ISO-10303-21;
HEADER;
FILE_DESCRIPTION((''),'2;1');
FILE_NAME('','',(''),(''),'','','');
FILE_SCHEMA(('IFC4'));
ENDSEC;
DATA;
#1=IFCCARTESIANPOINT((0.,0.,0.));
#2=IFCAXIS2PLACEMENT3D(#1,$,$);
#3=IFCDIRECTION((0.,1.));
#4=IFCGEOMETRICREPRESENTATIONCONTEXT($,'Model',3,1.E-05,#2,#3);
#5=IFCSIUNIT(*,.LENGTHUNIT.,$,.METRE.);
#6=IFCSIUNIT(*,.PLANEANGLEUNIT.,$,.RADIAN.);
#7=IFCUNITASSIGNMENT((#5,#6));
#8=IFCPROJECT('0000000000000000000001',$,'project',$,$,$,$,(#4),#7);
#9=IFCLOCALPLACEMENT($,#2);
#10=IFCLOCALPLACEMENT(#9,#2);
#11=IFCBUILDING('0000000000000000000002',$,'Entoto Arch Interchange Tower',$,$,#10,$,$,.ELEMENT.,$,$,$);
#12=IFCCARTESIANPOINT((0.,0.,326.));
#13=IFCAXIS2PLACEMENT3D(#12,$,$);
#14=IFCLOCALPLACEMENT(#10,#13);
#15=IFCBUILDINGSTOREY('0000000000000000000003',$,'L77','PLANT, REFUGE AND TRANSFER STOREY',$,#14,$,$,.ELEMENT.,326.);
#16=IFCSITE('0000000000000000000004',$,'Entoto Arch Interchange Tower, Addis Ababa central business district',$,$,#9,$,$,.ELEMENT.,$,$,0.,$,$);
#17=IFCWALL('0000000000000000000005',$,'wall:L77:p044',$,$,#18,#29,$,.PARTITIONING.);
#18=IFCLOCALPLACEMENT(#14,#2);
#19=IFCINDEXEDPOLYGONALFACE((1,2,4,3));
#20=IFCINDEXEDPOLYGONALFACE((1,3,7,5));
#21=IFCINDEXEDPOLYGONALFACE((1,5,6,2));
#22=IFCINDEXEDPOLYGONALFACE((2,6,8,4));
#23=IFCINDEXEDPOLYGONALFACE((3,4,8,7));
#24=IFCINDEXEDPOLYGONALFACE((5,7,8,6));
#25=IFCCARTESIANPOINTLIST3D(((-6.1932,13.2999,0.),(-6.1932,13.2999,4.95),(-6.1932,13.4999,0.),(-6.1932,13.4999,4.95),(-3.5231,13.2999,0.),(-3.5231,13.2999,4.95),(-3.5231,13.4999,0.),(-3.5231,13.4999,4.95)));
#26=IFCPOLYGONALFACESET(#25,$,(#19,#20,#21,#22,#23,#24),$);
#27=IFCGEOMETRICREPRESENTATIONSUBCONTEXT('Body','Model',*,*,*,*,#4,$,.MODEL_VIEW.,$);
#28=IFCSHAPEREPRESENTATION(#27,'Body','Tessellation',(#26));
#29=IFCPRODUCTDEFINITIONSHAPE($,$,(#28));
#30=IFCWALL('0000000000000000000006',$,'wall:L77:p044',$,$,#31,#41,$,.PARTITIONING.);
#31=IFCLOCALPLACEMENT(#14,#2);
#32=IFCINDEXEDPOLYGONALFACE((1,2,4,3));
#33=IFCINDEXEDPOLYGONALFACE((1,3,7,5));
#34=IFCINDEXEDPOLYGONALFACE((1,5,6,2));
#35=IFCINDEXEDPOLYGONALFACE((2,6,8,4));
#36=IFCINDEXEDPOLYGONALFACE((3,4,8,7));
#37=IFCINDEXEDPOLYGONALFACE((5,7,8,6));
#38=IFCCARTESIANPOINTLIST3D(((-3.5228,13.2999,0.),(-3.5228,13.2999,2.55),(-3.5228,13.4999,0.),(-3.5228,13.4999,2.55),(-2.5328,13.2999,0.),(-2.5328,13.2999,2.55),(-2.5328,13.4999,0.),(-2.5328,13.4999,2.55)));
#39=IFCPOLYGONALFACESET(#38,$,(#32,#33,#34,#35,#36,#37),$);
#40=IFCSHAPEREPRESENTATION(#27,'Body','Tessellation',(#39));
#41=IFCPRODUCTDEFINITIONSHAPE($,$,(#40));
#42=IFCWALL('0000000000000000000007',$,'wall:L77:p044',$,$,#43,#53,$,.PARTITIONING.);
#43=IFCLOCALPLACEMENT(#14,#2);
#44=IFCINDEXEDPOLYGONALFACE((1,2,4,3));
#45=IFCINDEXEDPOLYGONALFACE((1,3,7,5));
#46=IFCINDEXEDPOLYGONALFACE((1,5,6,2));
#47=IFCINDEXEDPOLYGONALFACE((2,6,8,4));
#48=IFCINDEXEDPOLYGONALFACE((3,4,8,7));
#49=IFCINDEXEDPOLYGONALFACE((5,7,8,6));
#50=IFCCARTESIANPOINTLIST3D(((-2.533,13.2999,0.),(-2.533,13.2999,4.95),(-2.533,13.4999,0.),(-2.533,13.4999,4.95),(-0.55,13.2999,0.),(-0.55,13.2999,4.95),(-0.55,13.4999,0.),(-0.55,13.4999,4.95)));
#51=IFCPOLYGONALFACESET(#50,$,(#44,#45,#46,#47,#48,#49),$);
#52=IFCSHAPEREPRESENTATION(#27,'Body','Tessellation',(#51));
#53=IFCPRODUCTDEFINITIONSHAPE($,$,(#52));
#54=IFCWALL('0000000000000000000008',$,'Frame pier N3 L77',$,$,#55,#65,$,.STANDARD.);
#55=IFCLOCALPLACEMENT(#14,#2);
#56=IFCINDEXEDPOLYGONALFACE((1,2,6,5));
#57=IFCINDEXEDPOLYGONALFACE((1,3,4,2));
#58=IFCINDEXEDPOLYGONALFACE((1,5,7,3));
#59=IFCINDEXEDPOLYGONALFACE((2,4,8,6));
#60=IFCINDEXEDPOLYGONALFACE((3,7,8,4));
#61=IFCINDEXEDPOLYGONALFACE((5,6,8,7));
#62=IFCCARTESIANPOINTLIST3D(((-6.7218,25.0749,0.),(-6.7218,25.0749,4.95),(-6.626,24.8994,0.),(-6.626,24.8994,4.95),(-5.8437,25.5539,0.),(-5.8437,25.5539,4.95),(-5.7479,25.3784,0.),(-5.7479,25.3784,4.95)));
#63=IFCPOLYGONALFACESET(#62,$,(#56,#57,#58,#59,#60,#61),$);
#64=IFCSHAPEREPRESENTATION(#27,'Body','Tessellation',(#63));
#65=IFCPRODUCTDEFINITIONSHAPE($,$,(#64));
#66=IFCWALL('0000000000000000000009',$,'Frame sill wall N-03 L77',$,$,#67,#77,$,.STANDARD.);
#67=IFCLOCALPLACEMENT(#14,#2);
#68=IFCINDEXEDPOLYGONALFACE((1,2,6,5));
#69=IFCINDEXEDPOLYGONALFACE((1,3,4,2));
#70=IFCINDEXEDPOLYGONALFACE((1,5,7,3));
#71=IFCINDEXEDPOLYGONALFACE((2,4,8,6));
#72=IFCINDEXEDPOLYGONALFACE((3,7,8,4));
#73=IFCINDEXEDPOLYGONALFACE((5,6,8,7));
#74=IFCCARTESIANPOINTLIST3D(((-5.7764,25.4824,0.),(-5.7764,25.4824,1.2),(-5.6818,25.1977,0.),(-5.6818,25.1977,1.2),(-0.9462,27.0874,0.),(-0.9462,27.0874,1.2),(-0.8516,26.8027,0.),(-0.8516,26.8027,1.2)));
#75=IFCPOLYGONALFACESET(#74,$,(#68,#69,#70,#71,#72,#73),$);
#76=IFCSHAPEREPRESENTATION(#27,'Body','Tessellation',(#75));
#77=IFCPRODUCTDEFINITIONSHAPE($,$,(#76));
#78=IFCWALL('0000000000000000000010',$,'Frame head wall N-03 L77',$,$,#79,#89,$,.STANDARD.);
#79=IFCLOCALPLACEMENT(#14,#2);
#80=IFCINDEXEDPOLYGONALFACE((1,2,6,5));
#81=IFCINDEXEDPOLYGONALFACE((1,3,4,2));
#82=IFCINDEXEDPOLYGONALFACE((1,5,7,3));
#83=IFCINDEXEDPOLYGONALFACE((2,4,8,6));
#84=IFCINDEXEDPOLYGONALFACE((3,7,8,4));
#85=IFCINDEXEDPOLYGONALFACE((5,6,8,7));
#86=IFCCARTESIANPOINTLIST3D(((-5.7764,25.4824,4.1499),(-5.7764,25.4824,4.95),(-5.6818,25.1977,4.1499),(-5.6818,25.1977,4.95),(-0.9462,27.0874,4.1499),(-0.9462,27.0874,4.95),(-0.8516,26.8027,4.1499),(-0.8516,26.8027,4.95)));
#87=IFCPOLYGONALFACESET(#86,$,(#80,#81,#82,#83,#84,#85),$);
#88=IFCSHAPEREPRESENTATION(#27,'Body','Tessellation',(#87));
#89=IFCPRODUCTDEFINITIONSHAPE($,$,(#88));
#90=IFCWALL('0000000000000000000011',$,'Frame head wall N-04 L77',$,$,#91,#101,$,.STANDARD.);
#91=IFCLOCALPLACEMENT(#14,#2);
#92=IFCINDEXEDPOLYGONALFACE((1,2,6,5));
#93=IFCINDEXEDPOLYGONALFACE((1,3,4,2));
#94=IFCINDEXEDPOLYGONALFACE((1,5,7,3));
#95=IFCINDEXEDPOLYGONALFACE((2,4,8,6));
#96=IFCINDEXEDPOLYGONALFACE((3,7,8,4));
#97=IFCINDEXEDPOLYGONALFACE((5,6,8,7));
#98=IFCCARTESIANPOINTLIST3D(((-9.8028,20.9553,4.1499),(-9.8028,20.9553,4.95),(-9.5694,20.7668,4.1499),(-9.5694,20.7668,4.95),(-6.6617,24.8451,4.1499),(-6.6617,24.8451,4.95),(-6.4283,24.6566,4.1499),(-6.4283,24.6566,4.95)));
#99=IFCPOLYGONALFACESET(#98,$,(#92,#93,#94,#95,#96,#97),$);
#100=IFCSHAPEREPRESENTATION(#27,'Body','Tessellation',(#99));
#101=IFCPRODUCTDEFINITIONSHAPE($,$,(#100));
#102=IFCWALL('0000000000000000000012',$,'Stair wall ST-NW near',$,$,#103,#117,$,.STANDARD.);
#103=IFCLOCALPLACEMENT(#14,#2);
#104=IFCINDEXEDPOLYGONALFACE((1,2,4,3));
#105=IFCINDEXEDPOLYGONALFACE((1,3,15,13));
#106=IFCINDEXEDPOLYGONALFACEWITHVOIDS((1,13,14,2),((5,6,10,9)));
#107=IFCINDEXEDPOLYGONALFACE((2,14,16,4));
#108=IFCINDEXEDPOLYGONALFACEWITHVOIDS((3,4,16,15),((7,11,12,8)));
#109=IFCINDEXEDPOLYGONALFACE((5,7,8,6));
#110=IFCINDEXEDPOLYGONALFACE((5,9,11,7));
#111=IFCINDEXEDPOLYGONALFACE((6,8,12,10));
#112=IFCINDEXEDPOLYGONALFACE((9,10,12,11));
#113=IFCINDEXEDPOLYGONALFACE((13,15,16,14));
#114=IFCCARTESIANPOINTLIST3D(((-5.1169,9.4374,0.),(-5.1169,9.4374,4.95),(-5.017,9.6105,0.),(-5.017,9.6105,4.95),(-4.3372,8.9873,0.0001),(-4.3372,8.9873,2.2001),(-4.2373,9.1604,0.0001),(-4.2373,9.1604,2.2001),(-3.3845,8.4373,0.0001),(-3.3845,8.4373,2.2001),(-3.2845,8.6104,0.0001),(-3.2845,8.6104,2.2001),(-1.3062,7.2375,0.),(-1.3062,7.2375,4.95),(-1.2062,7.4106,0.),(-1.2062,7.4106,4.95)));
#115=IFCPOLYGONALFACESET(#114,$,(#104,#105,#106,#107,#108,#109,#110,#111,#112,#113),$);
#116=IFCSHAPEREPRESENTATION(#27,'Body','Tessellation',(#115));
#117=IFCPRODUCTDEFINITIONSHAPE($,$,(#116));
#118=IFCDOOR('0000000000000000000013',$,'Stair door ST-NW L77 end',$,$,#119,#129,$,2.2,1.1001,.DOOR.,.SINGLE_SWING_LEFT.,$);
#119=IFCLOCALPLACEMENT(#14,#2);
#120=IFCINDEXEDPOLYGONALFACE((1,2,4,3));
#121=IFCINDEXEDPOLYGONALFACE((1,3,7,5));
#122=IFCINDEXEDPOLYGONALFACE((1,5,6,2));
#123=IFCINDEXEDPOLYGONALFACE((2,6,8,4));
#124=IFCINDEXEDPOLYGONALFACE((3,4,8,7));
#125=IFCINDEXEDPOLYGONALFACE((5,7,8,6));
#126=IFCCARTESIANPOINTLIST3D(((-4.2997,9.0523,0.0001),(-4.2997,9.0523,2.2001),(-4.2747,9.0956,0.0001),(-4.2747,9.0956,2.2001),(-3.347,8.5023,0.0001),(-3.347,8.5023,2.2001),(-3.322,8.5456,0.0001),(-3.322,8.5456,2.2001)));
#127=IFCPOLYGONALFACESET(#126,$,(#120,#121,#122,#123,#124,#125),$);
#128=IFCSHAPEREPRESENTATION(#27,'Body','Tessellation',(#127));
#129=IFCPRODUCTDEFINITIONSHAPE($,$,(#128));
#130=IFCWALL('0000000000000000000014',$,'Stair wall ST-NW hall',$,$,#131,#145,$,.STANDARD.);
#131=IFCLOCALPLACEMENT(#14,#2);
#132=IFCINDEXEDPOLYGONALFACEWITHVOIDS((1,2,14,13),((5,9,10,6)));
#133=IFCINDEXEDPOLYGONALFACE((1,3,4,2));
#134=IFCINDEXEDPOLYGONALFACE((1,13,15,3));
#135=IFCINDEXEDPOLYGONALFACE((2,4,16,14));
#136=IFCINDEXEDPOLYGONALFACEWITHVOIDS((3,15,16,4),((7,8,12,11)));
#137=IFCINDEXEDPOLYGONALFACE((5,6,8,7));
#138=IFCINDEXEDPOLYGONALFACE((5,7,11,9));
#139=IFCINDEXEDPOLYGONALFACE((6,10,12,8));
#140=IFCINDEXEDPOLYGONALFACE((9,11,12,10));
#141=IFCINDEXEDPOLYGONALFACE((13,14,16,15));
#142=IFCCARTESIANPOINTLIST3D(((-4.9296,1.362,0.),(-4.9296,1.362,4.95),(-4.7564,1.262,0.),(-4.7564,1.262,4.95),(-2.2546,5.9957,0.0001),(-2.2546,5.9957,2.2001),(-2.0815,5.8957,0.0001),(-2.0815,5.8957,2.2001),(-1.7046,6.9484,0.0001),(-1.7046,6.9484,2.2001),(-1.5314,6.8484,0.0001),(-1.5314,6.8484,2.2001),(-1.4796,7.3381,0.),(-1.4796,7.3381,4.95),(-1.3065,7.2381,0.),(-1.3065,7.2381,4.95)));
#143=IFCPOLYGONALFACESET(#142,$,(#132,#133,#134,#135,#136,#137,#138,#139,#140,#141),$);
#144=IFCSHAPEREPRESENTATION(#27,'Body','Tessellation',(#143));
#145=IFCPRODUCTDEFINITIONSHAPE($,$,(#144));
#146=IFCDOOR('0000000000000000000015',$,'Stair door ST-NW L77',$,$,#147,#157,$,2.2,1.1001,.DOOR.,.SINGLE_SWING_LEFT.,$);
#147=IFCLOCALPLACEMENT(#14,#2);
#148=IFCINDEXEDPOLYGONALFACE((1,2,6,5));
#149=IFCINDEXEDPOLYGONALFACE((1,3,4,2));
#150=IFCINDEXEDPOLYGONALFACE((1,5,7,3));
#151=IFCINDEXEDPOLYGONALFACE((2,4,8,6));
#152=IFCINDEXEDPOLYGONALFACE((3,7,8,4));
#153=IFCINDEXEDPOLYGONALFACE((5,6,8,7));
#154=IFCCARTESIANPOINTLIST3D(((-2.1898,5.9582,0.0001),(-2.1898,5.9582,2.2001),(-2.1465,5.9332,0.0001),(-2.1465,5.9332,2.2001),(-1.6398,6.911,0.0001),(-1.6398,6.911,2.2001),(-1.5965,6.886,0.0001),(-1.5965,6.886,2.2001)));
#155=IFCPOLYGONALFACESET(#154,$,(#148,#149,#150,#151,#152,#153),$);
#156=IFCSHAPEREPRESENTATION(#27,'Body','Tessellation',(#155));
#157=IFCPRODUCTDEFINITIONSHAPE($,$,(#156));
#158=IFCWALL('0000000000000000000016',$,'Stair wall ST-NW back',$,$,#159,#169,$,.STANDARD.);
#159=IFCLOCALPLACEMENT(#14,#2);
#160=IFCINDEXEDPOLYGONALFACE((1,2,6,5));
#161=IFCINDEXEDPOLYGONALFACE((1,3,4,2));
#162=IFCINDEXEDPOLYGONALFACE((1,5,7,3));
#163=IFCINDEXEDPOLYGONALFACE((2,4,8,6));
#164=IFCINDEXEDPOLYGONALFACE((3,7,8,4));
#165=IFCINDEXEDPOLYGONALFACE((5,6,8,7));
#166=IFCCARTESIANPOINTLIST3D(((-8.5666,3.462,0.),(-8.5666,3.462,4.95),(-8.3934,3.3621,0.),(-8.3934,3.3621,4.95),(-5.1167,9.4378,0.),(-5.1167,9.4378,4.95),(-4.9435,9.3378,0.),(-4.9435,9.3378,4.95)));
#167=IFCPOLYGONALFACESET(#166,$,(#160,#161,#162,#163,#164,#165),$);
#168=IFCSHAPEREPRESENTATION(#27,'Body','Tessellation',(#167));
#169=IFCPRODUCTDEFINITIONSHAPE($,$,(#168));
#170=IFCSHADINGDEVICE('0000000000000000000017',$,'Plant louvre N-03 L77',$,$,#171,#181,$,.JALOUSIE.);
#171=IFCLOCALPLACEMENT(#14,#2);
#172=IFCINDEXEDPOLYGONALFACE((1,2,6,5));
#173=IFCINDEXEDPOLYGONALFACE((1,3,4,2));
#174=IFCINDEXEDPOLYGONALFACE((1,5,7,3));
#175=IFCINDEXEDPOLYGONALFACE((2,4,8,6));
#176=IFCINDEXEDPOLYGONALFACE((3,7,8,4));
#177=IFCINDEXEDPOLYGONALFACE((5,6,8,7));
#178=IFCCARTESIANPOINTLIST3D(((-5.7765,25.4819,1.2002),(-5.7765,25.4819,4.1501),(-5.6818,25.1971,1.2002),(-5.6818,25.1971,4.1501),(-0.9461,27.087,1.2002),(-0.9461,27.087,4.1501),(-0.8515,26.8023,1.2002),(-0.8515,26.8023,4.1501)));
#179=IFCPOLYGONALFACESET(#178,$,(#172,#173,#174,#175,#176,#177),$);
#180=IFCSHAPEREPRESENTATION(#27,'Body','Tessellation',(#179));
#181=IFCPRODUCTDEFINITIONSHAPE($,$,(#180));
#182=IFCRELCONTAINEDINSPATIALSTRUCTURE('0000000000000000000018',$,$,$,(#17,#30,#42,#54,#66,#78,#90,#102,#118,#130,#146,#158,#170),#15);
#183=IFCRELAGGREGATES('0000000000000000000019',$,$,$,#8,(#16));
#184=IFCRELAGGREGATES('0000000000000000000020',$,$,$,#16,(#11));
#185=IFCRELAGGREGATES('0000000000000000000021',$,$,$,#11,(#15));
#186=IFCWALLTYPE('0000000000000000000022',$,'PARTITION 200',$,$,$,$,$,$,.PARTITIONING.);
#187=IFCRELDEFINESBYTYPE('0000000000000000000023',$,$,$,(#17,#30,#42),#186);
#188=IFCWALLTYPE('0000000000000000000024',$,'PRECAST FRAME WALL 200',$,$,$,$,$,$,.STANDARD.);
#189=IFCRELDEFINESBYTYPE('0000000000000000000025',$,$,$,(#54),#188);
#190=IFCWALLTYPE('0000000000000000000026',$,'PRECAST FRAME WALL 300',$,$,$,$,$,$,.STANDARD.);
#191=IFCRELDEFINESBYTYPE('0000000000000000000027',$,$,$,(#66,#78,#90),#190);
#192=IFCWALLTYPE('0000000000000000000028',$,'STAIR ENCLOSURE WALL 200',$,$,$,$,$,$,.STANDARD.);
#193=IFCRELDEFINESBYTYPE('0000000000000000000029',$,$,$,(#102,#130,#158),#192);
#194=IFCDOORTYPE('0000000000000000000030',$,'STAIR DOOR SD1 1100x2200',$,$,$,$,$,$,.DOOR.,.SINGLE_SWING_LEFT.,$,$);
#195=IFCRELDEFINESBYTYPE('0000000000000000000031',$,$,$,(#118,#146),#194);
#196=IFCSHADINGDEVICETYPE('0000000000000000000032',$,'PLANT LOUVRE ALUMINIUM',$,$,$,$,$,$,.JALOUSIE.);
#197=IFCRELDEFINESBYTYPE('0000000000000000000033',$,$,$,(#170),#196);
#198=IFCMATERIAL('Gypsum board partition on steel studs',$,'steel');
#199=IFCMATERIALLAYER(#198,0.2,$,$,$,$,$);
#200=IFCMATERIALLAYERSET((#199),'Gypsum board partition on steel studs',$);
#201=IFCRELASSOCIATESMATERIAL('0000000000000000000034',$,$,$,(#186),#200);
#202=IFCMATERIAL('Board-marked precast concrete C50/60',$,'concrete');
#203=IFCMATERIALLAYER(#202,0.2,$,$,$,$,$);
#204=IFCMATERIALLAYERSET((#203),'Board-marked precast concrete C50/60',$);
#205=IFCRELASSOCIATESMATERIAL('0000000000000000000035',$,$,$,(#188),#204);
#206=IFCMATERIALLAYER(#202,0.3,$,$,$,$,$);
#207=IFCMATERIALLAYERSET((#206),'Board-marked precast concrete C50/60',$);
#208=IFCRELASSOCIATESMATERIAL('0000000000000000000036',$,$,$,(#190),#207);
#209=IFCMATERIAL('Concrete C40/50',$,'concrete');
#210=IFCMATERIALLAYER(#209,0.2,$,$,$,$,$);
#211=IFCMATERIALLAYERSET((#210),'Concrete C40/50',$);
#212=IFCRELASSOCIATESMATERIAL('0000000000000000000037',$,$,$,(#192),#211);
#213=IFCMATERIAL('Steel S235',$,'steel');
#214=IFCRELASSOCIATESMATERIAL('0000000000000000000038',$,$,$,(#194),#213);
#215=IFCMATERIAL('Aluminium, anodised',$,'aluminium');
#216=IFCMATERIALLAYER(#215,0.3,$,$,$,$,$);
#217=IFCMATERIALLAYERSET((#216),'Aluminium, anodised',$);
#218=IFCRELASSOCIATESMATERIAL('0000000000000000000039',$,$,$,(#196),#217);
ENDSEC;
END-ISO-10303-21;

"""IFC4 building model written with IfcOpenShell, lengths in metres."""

from ifc_helpers import new_model, si_unit, direction, frame, frame_2d, origin, origin_2d, place, context, subcontext, project, spatial, rectangle, extrude, material, layer, layer_set, type_object, element, fill, save


model = new_model("IFC4")

# Units and contexts
model_context = context("Model", 3, precision=1e-05, world=origin(), true_north=direction((0.0, 1.0)))
body_context = subcontext(model_context, "Body", "Model", "MODEL_VIEW")
ifc_project = project(units=[si_unit("LENGTHUNIT", "METRE"), si_unit("PLANEANGLEUNIT", "RADIAN")], contexts=[model_context])

# Site, building, storey
site_placement = place(None, origin())
site = spatial("IfcSite", under=ifc_project, at=site_placement, Name="Entoto Arch Interchange Tower, Addis Ababa central business district", CompositionType="ELEMENT", RefElevation=0.0)
building_placement = place(site_placement, origin())
building = spatial("IfcBuilding", under=site, at=building_placement, Name="Entoto Arch Interchange Tower", CompositionType="ELEMENT")
storey_placement = place(building_placement, frame((0.0, 0.0, 326.0)))
storey = spatial("IfcBuildingStorey", under=building, at=storey_placement, Name="L77", Description="PLANT, REFUGE AND TRANSFER STOREY", CompositionType="ELEMENT", Elevation=326.0)

# Shared definitions
ifc_material_1 = material(Name="Concrete C40/50", Category="concrete")

# Shared definitions
ifc_material_2 = material(Name="Gypsum board partition on steel studs", Category="steel")
ifc_layer_1 = layer(ifc_material_2, 0.2)
ifc_layer_set_1 = layer_set([ifc_layer_1], Name="Gypsum board partition on steel studs")
wall_type_1 = type_object("IfcWallType", Name="PARTITION 200", PredefinedType="PARTITIONING", material=ifc_layer_set_1)

# Walls
wall_1_placement = place(storey_placement, frame((-6.1931, 13.3999, 0.0), z_axis=(0.0, 0.0, 1.0), x_axis=(1.0, 0.0, 0.0)))
element("IfcWall", 1, at=wall_1_placement, inside=storey, type_object=wall_type_1, Name="wall:L77:p044", PredefinedType="PARTITIONING", context=body_context, shape_type="SweptSolid", body=[
    extrude(rectangle(XDim=2.6702, YDim=0.2, at=frame_2d((1.335, 0.0))), origin(), (0.0, 0.0, 1.0), 4.95),
])
wall_2_placement = place(storey_placement, frame((-3.5229, 13.3999, 0.0), z_axis=(0.0, 0.0, 1.0), x_axis=(1.0, 0.0, 0.0)))
element("IfcWall", 2, at=wall_2_placement, inside=storey, type_object=wall_type_1, Name="wall:L77:p044", PredefinedType="PARTITIONING", context=body_context, shape_type="SweptSolid", body=[
    extrude(rectangle(XDim=0.99, YDim=0.2, at=frame_2d((0.4951, 0.0))), origin(), (0.0, 0.0, 1.0), 2.55),
])
wall_3_placement = place(storey_placement, frame((-2.533, 13.3999, 0.0), z_axis=(0.0, 0.0, 1.0), x_axis=(1.0, 0.0, 0.0)))
element("IfcWall", 3, at=wall_3_placement, inside=storey, type_object=wall_type_1, Name="wall:L77:p044", PredefinedType="PARTITIONING", context=body_context, shape_type="SweptSolid", body=[
    extrude(rectangle(XDim=1.9829, YDim=0.2, at=frame_2d((0.9915, 0.0))), origin(), (0.0, 0.0, 1.0), 4.95),
])
ifc_material_3 = material(Name="Board-marked precast concrete C50/60", Category="concrete")
ifc_layer_2 = layer(ifc_material_3, 0.2)
ifc_layer_set_2 = layer_set([ifc_layer_2], Name="Board-marked precast concrete C50/60")
wall_type_2 = type_object("IfcWallType", Name="PRECAST FRAME WALL 200", PredefinedType="STANDARD", material=ifc_layer_set_2)
wall_4_placement = place(storey_placement, frame((-5.7959, 25.4661, 0.0), z_axis=(0.0, 0.0, 1.0), x_axis=(-0.877896, -0.478852, 0.0)))
element("IfcWall", 4, at=wall_4_placement, inside=storey, type_object=wall_type_2, Name="Frame pier N3 L77", PredefinedType="STANDARD", context=body_context, shape_type="SweptSolid", body=[
    extrude(rectangle(XDim=1.0002, YDim=0.2, at=frame_2d((0.5, 0.0))), origin(), (0.0, 0.0, 1.0), 4.95),
])
ifc_layer_3 = layer(ifc_material_3, 0.3)
ifc_layer_set_3 = layer_set([ifc_layer_3], Name="Board-marked precast concrete C50/60")
wall_type_3 = type_object("IfcWallType", Name="PRECAST FRAME WALL 300", PredefinedType="STANDARD", material=ifc_layer_set_3)
wall_5_placement = place(storey_placement, frame((-0.8989, 26.9451, 0.0), z_axis=(0.0, 0.0, 1.0), x_axis=(-0.94898, -0.315335, 0.0)))
element("IfcWall", 5, at=wall_5_placement, inside=storey, type_object=wall_type_3, Name="Frame sill wall N-03 L77", PredefinedType="STANDARD", context=body_context, shape_type="SweptSolid", body=[
    extrude(rectangle(XDim=5.0898, YDim=0.3, at=frame_2d((2.5449, 0.0))), origin(), (0.0, 0.0, 1.0), 1.2),
])
wall_6_placement = place(storey_placement, frame((-0.8989, 26.9451, 4.1499), z_axis=(0.0, 0.0, 1.0), x_axis=(-0.94898, -0.315335, 0.0)))
element("IfcWall", 6, at=wall_6_placement, inside=storey, type_object=wall_type_3, Name="Frame head wall N-03 L77", PredefinedType="STANDARD", context=body_context, shape_type="SweptSolid", body=[
    extrude(rectangle(XDim=5.0898, YDim=0.3, at=frame_2d((2.5449, 0.0))), origin(), (0.0, 0.0, 1.0), 0.8),
])
wall_7_placement = place(storey_placement, frame((-6.5449, 24.751, 4.1499), z_axis=(0.0, 0.0, 1.0), x_axis=(-0.62825, -0.778012, 0.0)))
element("IfcWall", 7, at=wall_7_placement, inside=storey, type_object=wall_type_3, Name="Frame head wall N-04 L77", PredefinedType="STANDARD", context=body_context, shape_type="SweptSolid", body=[
    extrude(rectangle(XDim=4.9998, YDim=0.3, at=frame_2d((2.5, 0.0))), origin(), (0.0, 0.0, 1.0), 0.8),
])

# Walls, openings, doors
ifc_layer_4 = layer(ifc_material_1, 0.2)
ifc_layer_set_4 = layer_set([ifc_layer_4], Name="Concrete C40/50")
wall_type_4 = type_object("IfcWallType", Name="STAIR ENCLOSURE WALL 200", PredefinedType="STANDARD", material=ifc_layer_set_4)
wall_8_placement = place(storey_placement, frame((-1.2561, 7.324, 0.0), z_axis=(0.0, 0.0, 1.0), x_axis=(-0.866046, 0.499964, 0.0)))
wall_8 = element("IfcWall", 8, at=wall_8_placement, inside=storey, type_object=wall_type_4, Name="Stair wall ST-NW near", PredefinedType="STANDARD", context=body_context, shape_type="SweptSolid", body=[
    extrude(rectangle(XDim=4.4001, YDim=0.2, at=frame_2d((2.2002, 0.0))), origin(), (0.0, 0.0, 1.0), 4.95),
])
opening_1_placement = place(wall_8_placement, frame((2.3999, 0.0, 0.0)))
opening_1 = element("IfcOpeningElement", 9, at=opening_1_placement, cuts=wall_8, PredefinedType="OPENING", context=body_context, shape_type="SweptSolid", body=[
    extrude(rectangle(XDim=1.1001, YDim=2.2, at=frame_2d((0.55, 1.1001))), frame((0.0, 0.1099, 0.0), z_axis=(0.0, -1.0, 0.0), x_axis=(1.0, 0.0, 0.0)), (0.0, 0.0, 1.0), 0.22),
])
ifc_material_4 = material(Name="Steel S235", Category="steel")
door_type_1 = type_object("IfcDoorType", Name="STAIR DOOR SD1 1100x2200", OperationType="SINGLE_SWING_LEFT", PredefinedType="DOOR", material=ifc_material_4)
door_1_placement = place(opening_1_placement, origin())
door_1 = element("IfcDoor", 10, at=door_1_placement, inside=storey, type_object=door_type_1, Name="Stair door ST-NW L77 end", OperationType="SINGLE_SWING_LEFT", OverallHeight=2.2, OverallWidth=1.1001, PredefinedType="DOOR", context=body_context, shape_type="SweptSolid", body=[
    extrude(rectangle(XDim=1.1001, YDim=2.2, at=frame_2d((0.55, 1.1001))), frame((0.0, 0.0249, 0.0), z_axis=(0.0, -1.0, 0.0), x_axis=(1.0, 0.0, 0.0)), (0.0, 0.0, 1.0), 0.05),
])
fill(opening_1, door_1)
wall_9_placement = place(storey_placement, frame((-1.3931, 7.2881, 0.0), z_axis=(0.0, 0.0, 1.0), x_axis=(-0.499963, -0.866047, 0.0)))
wall_9 = element("IfcWall", 11, at=wall_9_placement, inside=storey, type_object=wall_type_4, Name="Stair wall ST-NW hall", PredefinedType="STANDARD", context=body_context, shape_type="SweptSolid", body=[
    extrude(rectangle(XDim=6.9004, YDim=0.2, at=frame_2d((3.4502, 0.0))), origin(), (0.0, 0.0, 1.0), 4.95),
])
opening_2_placement = place(wall_9_placement, frame((0.45, 0.0, 0.0)))
opening_2 = element("IfcOpeningElement", 12, at=opening_2_placement, cuts=wall_9, PredefinedType="OPENING", context=body_context, shape_type="SweptSolid", body=[
    extrude(rectangle(XDim=1.1001, YDim=2.2, at=frame_2d((0.55, 1.1001))), frame((0.0, 0.1099, 0.0), z_axis=(0.0, -1.0, 0.0), x_axis=(1.0, 0.0, 0.0)), (0.0, 0.0, 1.0), 0.22),
])
door_2_placement = place(opening_2_placement, origin())
door_2 = element("IfcDoor", 13, at=door_2_placement, inside=storey, type_object=door_type_1, Name="Stair door ST-NW L77", OperationType="SINGLE_SWING_LEFT", OverallHeight=2.2, OverallWidth=1.1001, PredefinedType="DOOR", context=body_context, shape_type="SweptSolid", body=[
    extrude(rectangle(XDim=1.1001, YDim=2.2, at=frame_2d((0.55, 1.1001))), frame((0.0, 0.0249, 0.0), z_axis=(0.0, -1.0, 0.0), x_axis=(1.0, 0.0, 0.0)), (0.0, 0.0, 1.0), 0.05),
])
fill(opening_2, door_2)

# Wall
wall_10_placement = place(storey_placement, frame((-5.03, 9.3879, 0.0), z_axis=(0.0, 0.0, 1.0), x_axis=(-0.499979, -0.866038, 0.0)))
element("IfcWall", 14, at=wall_10_placement, inside=storey, type_object=wall_type_4, Name="Stair wall ST-NW back", PredefinedType="STANDARD", context=body_context, shape_type="SweptSolid", body=[
    extrude(rectangle(XDim=6.9001, YDim=0.2, at=frame_2d((3.4502, 0.0))), origin(), (0.0, 0.0, 1.0), 4.95),
])

# Shading device
ifc_material_5 = material(Name="Aluminium, anodised", Category="aluminium")
ifc_layer_5 = layer(ifc_material_5, 0.3)
ifc_layer_set_5 = layer_set([ifc_layer_5], Name="Aluminium, anodised")
shading_device_type = type_object("IfcShadingDeviceType", Name="PLANT LOUVRE ALUMINIUM", PredefinedType="JALOUSIE", material=ifc_layer_set_5)
shading_device_placement = place(storey_placement, frame((-3.314, 26.1421, 1.2002), z_axis=(0.0, 0.0, 1.0), x_axis=(-0.948975, -0.315351, 0.0)))
element("IfcShadingDevice", 15, at=shading_device_placement, inside=storey, type_object=shading_device_type, Name="Plant louvre N-03 L77", PredefinedType="JALOUSIE", context=body_context, shape_type="SweptSolid", body=[
    extrude(rectangle(XDim=5.0901, YDim=0.3, at=origin_2d()), origin(), (0.0, 0.0, 1.0), 2.95),
])

save(model, "model.ifc")
